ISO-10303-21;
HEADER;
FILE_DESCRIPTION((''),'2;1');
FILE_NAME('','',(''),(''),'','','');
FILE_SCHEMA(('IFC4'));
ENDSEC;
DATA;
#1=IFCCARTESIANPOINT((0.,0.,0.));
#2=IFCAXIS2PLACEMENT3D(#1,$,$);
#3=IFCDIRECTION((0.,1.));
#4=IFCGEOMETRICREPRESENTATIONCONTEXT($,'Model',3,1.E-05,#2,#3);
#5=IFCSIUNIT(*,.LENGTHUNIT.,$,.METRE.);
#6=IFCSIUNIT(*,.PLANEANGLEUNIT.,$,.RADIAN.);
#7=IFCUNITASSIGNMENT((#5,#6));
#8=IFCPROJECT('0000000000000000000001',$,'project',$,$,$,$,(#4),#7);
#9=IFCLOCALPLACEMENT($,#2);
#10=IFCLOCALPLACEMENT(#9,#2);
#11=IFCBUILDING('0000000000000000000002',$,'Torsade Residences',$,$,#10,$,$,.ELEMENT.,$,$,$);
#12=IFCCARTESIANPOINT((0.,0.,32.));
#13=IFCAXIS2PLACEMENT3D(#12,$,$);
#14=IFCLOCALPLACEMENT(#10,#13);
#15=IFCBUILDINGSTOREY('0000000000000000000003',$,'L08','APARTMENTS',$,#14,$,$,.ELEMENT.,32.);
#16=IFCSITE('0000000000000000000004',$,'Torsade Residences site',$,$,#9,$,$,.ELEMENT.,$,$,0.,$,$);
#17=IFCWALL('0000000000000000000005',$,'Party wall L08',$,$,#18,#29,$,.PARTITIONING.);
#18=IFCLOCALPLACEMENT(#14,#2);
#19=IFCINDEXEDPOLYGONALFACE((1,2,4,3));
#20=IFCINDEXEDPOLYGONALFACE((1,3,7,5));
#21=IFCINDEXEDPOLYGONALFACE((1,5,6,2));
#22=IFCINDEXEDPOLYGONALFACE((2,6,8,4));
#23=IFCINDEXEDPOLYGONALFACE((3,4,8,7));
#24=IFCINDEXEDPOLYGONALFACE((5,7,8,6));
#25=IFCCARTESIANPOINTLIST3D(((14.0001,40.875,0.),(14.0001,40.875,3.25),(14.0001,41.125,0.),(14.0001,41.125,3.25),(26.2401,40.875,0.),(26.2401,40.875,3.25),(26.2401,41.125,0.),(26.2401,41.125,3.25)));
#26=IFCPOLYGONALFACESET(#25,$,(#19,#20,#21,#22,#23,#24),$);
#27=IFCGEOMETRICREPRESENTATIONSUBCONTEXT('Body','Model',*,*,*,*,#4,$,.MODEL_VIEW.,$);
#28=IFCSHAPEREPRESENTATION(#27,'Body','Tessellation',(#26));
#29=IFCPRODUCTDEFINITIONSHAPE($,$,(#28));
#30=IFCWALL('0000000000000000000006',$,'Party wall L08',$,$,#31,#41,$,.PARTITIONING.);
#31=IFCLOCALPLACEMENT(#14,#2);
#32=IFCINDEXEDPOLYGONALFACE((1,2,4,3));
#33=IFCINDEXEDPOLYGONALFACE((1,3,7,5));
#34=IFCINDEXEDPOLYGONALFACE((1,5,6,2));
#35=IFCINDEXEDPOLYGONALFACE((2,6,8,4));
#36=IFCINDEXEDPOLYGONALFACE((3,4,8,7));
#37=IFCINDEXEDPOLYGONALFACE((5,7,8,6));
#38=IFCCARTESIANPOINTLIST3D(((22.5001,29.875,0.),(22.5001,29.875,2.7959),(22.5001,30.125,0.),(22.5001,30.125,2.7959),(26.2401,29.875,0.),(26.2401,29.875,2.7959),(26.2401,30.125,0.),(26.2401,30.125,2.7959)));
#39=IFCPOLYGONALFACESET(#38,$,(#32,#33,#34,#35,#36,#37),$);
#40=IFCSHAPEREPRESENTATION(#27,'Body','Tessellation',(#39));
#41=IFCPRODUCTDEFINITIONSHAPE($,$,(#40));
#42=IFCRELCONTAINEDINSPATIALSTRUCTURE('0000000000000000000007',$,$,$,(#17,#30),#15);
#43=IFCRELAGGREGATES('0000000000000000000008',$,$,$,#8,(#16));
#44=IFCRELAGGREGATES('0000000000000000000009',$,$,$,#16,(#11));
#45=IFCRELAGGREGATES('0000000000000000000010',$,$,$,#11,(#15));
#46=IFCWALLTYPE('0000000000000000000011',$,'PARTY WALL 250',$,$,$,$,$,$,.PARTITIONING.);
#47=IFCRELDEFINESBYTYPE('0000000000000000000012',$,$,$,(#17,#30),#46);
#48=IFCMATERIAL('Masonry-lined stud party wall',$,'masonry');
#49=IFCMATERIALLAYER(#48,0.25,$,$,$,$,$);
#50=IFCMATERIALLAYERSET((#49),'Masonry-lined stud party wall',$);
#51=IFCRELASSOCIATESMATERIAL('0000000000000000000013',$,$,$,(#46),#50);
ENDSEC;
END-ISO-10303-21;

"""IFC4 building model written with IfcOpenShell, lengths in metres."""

from ifc_helpers import new_model, si_unit, direction, frame, frame_2d, origin, place, context, subcontext, project, spatial, rectangle, extrude, material, layer, layer_set, type_object, element, save


model = new_model("IFC4")

# Units and contexts
model_context = context("Model", 3, precision=1e-05, world=origin(), true_north=direction((0.0, 1.0)))
body_context = subcontext(model_context, "Body", "Model", "MODEL_VIEW")
ifc_project = project(units=[si_unit("LENGTHUNIT", "METRE"), si_unit("PLANEANGLEUNIT", "RADIAN")], contexts=[model_context])

# Site, building, storey
site_placement = place(None, origin())
site = spatial("IfcSite", under=ifc_project, at=site_placement, Name="Torsade Residences site", CompositionType="ELEMENT", RefElevation=0.0)
building_placement = place(site_placement, origin())
building = spatial("IfcBuilding", under=site, at=building_placement, Name="Torsade Residences", CompositionType="ELEMENT")
storey_placement = place(building_placement, frame((0.0, 0.0, 32.0)))
storey = spatial("IfcBuildingStorey", under=building, at=storey_placement, Name="L08", Description="APARTMENTS", CompositionType="ELEMENT", Elevation=32.0)

# Walls
ifc_material_1 = material(Name="Masonry-lined stud party wall", Category="masonry")
ifc_layer_1 = layer(ifc_material_1, 0.25)
ifc_layer_set_1 = layer_set([ifc_layer_1], Name="Masonry-lined stud party wall")
wall_type_1 = type_object("IfcWallType", Name="PARTY WALL 250", PredefinedType="PARTITIONING", material=ifc_layer_set_1)
wall_1_placement = place(storey_placement, frame((14.0, 41.0, 0.0), z_axis=(0.0, 0.0, 1.0), x_axis=(1.0, 0.0, 0.0)))
element("IfcWall", 1, at=wall_1_placement, inside=storey, type_object=wall_type_1, Name="Party wall L08", PredefinedType="PARTITIONING", context=body_context, shape_type="SweptSolid", body=[
    extrude(rectangle(XDim=12.24, YDim=0.25, at=frame_2d((6.1201, 0.0))), origin(), (0.0, 0.0, 1.0), 3.25),
])
wall_2_placement = place(storey_placement, frame((22.5, 30.0, 0.0), z_axis=(0.0, 0.0, 1.0), x_axis=(1.0, 0.0, 0.0)))
element("IfcWall", 2, at=wall_2_placement, inside=storey, type_object=wall_type_1, Name="Party wall L08", PredefinedType="PARTITIONING", context=body_context, shape_type="SweptSolid", body=[
    extrude(rectangle(XDim=3.74, YDim=0.25, at=frame_2d((1.8701, 0.0))), origin(), (0.0, 0.0, 1.0), 2.7959),
])

save(model, "model.ifc")
